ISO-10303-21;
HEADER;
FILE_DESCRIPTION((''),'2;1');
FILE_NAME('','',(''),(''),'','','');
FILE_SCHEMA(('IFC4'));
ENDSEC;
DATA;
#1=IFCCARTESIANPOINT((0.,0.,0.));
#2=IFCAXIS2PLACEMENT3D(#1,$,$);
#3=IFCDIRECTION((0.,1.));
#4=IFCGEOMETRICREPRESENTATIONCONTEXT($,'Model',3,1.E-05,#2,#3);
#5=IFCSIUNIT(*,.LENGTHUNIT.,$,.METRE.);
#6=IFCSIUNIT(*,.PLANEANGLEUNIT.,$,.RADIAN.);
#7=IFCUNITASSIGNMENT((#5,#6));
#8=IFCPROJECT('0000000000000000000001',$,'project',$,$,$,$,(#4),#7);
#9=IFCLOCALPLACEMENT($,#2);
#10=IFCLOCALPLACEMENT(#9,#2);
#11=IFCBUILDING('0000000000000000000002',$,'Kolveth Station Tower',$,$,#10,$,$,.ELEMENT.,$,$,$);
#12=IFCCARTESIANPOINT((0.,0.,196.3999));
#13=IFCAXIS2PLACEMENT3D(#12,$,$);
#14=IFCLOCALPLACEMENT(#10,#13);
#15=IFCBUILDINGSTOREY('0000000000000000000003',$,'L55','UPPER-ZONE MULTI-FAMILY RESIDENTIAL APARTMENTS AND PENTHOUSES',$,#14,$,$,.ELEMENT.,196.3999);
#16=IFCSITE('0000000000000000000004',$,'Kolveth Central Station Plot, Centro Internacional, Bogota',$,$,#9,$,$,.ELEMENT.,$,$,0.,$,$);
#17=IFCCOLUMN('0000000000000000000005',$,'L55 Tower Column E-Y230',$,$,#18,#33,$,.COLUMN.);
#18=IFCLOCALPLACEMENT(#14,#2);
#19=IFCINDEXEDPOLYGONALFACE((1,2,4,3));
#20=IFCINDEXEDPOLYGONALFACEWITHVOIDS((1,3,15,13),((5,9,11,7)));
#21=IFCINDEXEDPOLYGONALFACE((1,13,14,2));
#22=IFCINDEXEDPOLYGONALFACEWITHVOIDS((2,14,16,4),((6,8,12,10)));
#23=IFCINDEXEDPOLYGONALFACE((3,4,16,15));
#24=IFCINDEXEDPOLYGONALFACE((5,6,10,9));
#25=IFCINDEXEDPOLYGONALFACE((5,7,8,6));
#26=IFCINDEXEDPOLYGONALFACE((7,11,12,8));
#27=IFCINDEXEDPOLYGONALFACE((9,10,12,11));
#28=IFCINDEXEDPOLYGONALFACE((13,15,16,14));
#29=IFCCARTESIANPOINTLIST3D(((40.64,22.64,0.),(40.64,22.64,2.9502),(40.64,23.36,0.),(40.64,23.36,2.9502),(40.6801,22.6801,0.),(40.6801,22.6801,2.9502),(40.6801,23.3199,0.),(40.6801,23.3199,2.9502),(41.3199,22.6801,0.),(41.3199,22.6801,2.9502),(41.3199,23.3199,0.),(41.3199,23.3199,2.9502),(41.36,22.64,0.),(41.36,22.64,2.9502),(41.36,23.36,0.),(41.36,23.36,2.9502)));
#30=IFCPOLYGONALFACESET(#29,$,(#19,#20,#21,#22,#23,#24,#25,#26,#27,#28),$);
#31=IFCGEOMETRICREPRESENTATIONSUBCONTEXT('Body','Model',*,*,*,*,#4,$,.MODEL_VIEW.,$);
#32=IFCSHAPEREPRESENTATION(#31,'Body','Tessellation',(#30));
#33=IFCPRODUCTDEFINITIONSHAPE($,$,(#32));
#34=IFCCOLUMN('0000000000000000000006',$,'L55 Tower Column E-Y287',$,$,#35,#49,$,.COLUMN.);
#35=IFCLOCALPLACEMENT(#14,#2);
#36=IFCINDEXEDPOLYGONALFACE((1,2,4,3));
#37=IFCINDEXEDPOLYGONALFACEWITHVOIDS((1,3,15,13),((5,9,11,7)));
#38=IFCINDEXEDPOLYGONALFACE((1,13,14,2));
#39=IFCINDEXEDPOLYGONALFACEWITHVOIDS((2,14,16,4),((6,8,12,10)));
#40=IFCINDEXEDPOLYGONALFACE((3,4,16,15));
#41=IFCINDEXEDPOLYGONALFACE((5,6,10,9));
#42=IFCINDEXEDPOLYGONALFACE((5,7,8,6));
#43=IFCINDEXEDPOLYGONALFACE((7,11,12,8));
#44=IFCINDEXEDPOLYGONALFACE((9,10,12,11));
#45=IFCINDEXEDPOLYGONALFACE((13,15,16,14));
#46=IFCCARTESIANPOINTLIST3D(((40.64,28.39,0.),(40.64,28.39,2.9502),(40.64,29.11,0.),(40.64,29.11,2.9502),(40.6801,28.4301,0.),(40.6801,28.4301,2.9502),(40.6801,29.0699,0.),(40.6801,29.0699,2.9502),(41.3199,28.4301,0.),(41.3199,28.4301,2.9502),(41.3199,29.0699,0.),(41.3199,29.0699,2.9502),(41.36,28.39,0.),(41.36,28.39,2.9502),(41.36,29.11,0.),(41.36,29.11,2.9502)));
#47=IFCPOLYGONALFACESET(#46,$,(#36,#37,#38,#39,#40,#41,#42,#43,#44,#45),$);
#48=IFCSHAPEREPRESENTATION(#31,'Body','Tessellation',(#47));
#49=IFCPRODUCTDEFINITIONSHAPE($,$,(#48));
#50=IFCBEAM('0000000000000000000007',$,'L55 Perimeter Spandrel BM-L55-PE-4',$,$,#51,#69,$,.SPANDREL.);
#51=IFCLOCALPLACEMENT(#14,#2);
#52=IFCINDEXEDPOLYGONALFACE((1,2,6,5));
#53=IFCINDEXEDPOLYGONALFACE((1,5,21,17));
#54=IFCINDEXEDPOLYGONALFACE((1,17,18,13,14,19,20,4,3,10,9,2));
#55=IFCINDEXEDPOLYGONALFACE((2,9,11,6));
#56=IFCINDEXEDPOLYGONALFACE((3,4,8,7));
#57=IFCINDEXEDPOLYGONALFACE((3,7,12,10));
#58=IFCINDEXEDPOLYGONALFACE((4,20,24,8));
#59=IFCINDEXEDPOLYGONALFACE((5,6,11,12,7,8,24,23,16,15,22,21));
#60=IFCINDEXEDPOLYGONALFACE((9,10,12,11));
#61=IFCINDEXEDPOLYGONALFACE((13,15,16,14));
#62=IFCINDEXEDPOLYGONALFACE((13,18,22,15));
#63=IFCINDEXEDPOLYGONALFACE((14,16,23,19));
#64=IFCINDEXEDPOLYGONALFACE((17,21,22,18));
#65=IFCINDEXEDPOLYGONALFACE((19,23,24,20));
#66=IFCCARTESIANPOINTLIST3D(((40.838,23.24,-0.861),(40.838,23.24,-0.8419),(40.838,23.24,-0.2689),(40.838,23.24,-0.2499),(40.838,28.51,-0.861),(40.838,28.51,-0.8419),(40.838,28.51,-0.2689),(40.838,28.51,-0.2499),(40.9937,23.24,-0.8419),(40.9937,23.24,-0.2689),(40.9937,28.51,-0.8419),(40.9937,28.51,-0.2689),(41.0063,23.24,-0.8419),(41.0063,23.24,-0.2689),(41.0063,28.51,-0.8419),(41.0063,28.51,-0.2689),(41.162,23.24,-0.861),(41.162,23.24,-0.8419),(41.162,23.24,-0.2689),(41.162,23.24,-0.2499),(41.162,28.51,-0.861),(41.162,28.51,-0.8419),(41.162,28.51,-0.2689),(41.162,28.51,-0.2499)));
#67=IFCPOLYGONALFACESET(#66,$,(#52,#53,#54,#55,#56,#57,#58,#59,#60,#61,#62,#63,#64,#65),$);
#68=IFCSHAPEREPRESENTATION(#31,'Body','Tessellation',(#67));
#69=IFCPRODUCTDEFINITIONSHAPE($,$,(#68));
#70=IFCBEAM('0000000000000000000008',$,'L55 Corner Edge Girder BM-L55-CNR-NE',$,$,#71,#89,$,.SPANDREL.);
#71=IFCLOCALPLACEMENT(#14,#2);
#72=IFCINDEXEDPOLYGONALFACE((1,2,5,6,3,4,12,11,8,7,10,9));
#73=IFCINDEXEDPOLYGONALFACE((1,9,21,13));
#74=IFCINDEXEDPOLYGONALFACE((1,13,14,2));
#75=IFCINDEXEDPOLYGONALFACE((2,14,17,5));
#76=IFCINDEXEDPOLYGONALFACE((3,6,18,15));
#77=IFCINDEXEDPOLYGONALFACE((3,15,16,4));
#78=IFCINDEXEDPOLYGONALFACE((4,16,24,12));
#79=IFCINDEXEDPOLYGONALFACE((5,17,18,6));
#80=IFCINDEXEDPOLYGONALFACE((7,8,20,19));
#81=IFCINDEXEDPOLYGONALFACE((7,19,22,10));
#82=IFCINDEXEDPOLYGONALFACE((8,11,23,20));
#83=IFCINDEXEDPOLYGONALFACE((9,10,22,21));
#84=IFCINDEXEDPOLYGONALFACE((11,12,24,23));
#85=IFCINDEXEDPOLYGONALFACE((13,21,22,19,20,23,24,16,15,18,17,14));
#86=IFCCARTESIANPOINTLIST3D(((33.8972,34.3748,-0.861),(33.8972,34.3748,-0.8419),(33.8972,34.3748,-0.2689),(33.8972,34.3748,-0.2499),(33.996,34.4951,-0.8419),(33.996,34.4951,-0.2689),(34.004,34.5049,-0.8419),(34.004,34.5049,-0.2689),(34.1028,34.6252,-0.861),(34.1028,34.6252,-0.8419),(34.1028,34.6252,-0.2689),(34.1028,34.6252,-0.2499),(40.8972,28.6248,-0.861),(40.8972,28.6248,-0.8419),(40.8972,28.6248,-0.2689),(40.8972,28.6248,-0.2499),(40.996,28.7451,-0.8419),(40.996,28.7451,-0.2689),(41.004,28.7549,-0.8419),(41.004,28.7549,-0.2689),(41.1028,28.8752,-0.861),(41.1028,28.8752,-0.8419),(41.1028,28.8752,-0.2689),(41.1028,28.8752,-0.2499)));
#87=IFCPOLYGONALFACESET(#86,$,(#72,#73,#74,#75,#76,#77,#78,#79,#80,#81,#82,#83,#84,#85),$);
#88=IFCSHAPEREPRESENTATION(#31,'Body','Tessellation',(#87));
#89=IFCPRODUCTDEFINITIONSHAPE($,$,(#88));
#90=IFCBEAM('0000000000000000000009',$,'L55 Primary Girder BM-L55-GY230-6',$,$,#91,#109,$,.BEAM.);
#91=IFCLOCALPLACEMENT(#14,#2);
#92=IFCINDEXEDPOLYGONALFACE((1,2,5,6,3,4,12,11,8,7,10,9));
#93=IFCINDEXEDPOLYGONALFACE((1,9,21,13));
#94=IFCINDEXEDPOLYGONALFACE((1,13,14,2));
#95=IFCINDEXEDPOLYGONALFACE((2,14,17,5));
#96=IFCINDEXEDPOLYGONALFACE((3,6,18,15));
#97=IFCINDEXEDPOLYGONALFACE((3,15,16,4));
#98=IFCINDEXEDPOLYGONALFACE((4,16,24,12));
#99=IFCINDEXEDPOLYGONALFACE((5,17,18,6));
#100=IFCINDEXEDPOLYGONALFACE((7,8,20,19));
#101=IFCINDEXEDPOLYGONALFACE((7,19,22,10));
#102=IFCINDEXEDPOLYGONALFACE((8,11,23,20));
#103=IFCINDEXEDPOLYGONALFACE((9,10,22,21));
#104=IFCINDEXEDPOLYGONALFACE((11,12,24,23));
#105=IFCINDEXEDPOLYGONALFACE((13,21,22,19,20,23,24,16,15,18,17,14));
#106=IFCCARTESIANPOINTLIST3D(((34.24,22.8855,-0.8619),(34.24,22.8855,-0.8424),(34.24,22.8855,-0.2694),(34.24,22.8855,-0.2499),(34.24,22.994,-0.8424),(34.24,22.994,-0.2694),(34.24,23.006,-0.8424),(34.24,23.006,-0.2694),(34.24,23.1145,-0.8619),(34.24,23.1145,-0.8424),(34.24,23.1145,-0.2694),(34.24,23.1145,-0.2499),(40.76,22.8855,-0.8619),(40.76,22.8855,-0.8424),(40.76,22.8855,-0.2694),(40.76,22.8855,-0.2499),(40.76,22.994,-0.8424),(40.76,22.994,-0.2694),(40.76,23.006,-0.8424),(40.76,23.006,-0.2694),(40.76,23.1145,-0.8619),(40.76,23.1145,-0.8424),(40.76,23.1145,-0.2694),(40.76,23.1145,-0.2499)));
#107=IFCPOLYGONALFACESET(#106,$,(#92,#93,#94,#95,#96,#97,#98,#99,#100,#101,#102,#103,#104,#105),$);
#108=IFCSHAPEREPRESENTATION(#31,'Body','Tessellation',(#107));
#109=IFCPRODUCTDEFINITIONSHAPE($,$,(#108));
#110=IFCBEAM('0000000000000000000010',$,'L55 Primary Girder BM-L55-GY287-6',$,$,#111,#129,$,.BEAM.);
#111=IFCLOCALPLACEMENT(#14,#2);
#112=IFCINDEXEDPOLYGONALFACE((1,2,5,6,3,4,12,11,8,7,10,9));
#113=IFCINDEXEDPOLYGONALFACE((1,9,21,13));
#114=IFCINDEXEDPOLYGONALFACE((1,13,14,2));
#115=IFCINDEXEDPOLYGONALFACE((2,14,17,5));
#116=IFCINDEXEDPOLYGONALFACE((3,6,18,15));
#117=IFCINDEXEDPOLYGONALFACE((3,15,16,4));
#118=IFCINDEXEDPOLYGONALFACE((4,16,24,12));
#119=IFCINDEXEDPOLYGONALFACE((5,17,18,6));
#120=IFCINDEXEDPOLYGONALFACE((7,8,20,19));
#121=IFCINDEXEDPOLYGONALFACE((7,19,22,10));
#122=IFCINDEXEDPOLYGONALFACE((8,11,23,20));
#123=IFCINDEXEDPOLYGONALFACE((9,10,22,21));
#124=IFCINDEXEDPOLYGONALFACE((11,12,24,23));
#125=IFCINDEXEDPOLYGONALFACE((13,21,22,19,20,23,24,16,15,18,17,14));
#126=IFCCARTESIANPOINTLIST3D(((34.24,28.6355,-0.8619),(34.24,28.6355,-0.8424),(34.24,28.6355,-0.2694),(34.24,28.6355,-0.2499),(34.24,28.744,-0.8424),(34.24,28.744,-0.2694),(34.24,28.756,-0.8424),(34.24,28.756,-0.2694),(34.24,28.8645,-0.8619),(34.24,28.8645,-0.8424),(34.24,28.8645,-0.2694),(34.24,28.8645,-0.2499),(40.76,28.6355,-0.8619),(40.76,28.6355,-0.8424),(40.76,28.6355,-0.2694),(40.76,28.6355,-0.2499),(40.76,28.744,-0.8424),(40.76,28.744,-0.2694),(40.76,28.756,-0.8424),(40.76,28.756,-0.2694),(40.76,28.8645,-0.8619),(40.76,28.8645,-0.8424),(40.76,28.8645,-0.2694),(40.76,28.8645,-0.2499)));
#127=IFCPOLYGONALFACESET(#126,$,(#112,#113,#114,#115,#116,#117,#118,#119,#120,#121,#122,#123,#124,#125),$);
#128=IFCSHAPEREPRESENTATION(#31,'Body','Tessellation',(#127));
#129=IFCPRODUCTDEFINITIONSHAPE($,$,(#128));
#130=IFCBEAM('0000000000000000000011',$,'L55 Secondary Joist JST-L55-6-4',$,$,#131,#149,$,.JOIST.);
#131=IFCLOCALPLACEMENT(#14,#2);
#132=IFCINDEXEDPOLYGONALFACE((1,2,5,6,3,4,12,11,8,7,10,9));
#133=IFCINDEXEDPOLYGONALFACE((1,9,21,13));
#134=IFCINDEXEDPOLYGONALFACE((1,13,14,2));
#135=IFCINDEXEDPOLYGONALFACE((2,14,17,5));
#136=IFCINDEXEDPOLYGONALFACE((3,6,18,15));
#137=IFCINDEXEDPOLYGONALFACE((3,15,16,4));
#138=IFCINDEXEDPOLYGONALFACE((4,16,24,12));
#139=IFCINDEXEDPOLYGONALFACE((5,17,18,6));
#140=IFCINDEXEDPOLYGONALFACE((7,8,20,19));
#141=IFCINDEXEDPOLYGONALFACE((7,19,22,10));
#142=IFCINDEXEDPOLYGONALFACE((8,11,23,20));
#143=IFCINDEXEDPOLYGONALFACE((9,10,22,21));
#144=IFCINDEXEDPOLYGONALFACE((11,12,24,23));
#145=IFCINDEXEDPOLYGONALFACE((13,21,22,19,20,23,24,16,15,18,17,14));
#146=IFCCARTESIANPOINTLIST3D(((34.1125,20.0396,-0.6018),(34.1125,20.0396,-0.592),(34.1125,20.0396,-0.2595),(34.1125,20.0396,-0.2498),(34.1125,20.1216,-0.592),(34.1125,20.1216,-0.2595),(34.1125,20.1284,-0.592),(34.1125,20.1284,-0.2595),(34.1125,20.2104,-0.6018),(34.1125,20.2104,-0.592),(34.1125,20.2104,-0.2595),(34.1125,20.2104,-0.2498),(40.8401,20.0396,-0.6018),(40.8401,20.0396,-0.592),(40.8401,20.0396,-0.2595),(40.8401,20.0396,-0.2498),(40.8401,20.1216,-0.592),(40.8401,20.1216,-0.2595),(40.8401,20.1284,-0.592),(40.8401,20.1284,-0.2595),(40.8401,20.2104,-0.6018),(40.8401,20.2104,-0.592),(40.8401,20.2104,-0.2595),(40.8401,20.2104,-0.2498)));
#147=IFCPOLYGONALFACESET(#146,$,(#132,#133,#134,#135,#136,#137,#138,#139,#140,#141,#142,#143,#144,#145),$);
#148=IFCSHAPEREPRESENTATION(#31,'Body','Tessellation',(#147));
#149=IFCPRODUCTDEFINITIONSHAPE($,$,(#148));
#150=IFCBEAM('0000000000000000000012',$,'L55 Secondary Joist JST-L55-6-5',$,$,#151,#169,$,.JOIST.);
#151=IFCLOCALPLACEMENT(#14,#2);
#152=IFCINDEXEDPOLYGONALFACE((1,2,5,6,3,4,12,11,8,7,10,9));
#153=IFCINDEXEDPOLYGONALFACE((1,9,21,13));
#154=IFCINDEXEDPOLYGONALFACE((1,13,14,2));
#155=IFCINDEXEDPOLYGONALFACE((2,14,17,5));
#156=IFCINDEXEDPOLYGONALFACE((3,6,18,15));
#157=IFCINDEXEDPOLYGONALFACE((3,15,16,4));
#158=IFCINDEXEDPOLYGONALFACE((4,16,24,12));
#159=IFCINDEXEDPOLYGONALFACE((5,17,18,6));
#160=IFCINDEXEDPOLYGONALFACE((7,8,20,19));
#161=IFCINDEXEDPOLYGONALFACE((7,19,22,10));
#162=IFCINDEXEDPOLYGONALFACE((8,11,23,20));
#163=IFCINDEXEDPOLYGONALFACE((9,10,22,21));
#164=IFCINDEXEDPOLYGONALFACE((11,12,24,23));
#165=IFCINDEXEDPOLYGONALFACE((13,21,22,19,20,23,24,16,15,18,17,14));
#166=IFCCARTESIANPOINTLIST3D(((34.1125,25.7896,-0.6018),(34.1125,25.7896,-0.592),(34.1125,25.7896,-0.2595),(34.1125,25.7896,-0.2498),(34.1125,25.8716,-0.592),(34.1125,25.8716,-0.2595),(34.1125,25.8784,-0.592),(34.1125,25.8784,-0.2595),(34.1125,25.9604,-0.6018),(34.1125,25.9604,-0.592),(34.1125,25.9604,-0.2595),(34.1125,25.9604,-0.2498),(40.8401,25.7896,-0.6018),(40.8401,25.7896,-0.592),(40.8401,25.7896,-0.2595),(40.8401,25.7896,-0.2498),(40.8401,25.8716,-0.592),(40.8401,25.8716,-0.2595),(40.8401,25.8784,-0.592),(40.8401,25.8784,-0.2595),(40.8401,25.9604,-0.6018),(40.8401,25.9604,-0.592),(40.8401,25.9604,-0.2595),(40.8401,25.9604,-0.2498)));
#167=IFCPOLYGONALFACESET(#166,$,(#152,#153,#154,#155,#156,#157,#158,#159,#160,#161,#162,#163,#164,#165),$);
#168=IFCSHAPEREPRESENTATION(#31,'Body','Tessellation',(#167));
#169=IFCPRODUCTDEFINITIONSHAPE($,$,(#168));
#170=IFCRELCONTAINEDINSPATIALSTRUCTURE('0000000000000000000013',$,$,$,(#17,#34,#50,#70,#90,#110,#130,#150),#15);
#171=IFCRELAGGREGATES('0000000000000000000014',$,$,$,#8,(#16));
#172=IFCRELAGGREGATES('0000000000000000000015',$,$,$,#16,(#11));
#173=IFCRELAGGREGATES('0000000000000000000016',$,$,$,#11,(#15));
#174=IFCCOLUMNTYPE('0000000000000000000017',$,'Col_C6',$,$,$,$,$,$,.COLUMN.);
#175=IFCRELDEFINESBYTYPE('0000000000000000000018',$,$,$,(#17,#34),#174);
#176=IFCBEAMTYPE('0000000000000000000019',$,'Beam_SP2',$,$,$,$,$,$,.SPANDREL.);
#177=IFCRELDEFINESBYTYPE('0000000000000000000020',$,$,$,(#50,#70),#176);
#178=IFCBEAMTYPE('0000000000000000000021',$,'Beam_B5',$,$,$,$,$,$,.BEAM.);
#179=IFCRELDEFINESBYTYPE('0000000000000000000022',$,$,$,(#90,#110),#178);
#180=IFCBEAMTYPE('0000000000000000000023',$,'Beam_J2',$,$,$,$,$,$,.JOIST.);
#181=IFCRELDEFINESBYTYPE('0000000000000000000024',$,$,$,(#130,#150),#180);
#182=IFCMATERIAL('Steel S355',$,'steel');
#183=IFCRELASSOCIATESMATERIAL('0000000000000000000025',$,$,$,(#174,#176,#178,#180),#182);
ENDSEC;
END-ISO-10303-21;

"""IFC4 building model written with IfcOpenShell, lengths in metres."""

from ifc_helpers import new_model, si_unit, direction, frame, origin, origin_2d, place, context, subcontext, project, spatial, hollow_rectangle, i_section, extrude, source, transform, mapped, material, material_profile, profile_set, type_object, element, save


model = new_model("IFC4")

# Units and contexts
model_context = context("Model", 3, precision=1e-05, world=origin(), true_north=direction((0.0, 1.0)))
body_context = subcontext(model_context, "Body", "Model", "MODEL_VIEW")
ifc_project = project(units=[si_unit("LENGTHUNIT", "METRE"), si_unit("PLANEANGLEUNIT", "RADIAN")], contexts=[model_context])

# Site, building, storey
site_placement = place(None, origin())
site = spatial("IfcSite", under=ifc_project, at=site_placement, Name="Kolveth Central Station Plot, Centro Internacional, Bogota", CompositionType="ELEMENT", RefElevation=0.0)
building_placement = place(site_placement, origin())
building = spatial("IfcBuilding", under=site, at=building_placement, Name="Kolveth Station Tower", CompositionType="ELEMENT")
storey_placement = place(building_placement, frame((0.0, 0.0, 196.3999)))
storey = spatial("IfcBuildingStorey", under=building, at=storey_placement, Name="L55", Description="UPPER-ZONE MULTI-FAMILY RESIDENTIAL APARTMENTS AND PENTHOUSES", CompositionType="ELEMENT", Elevation=196.3999)

# Columns
ifc_material_1 = material(Name="Steel S355", Category="steel")
ifc_material_profile_1 = material_profile(ifc_material_1, hollow_rectangle(XDim=0.72, YDim=0.72, WallThickness=0.04, at=origin_2d()), Name="BOX720x720x40")
ifc_profile_set_1 = profile_set([ifc_material_profile_1], Name="Steel S355")
column_type = type_object("IfcColumnType", Name="Col_C6", PredefinedType="COLUMN", material=ifc_profile_set_1)
shared_shape_1 = source(origin(), body_context, "Body", "SweptSolid", [
    extrude(hollow_rectangle(XDim=0.72, YDim=0.72, WallThickness=0.04, at=origin_2d()), origin(), (0.0, 0.0, 1.0), 2.9502),
])
for number, where, z_axis, x_axis, name in (
    (1, (41.0, 23.0, 0.0), (0.0, 0.0, 1.0), (1.0, 0.0, 0.0), "L55 Tower Column E-Y230"),
    (2, (41.0, 28.75, 0.0), (0.0, 0.0, 1.0), (1.0, 0.0, 0.0), "L55 Tower Column E-Y287"),
):
    element("IfcColumn", number, at=place(storey_placement, frame(where, z_axis=z_axis, x_axis=x_axis)), inside=storey, type_object=column_type, Name=name, PredefinedType="COLUMN", context=body_context, shape_type="MappedRepresentation", body=[
        mapped(shared_shape_1, transform((0.0, 0.0, 0.0), x_axis=(1.0, 0.0, 0.0), y_axis=(0.0, 1.0, 0.0), z_axis=(0.0, 0.0, 1.0), scale=1.0)),
    ])

# Beams
ifc_material_profile_2 = material_profile(ifc_material_1, i_section(OverallWidth=0.324, OverallDepth=0.6111, WebThickness=0.0127, FlangeThickness=0.019, at=origin_2d()), Name="W610x155")
ifc_profile_set_2 = profile_set([ifc_material_profile_2], Name="Steel S355")
beam_type_1 = type_object("IfcBeamType", Name="Beam_SP2", PredefinedType="SPANDREL", material=ifc_profile_set_2)
shared_shape_2 = source(origin(), body_context, "Body", "SweptSolid", [
    extrude(i_section(OverallWidth=0.324, OverallDepth=0.6111, WebThickness=0.0127, FlangeThickness=0.019, at=origin_2d()), origin(), (0.0, 0.0, 1.0), 5.27),
])
beam_1_placement = place(storey_placement, frame((41.0, 23.24, -0.5554), z_axis=(0.0, 1.0, 0.0), x_axis=(-1.0, 0.0, 0.0)))
element("IfcBeam", 3, at=beam_1_placement, inside=storey, type_object=beam_type_1, Name="L55 Perimeter Spandrel BM-L55-PE-4", PredefinedType="SPANDREL", context=body_context, shape_type="MappedRepresentation", body=[
    mapped(shared_shape_2, transform((0.0, 0.0, 0.0), x_axis=(1.0, 0.0, 0.0), y_axis=(0.0, 1.0, 0.0), z_axis=(0.0, 0.0, 1.0), scale=1.0)),
])
shared_shape_3 = source(origin(), body_context, "Body", "SweptSolid", [
    extrude(i_section(OverallWidth=0.324, OverallDepth=0.6111, WebThickness=0.0127, FlangeThickness=0.019, at=origin_2d()), origin(), (0.0, 0.0, 1.0), 9.0588),
])
beam_2_placement = place(storey_placement, frame((41.0, 28.75, -0.5554), z_axis=(-0.772726, 0.634739, 0.0), x_axis=(-0.634739, -0.772726, 0.0)))
element("IfcBeam", 4, at=beam_2_placement, inside=storey, type_object=beam_type_1, Name="L55 Corner Edge Girder BM-L55-CNR-NE", PredefinedType="SPANDREL", context=body_context, shape_type="MappedRepresentation", body=[
    mapped(shared_shape_3, transform((0.0, 0.0, 0.0), x_axis=(1.0, 0.0, 0.0), y_axis=(0.0, 1.0, 0.0), z_axis=(0.0, 0.0, 1.0), scale=1.0)),
])
ifc_material_profile_3 = material_profile(ifc_material_1, i_section(OverallWidth=0.229, OverallDepth=0.6121, WebThickness=0.012, FlangeThickness=0.0195, at=origin_2d()), Name="W610x125")
ifc_profile_set_3 = profile_set([ifc_material_profile_3], Name="Steel S355")
beam_type_2 = type_object("IfcBeamType", Name="Beam_B5", PredefinedType="BEAM", material=ifc_profile_set_3)
shared_shape_4 = source(origin(), body_context, "Body", "SweptSolid", [
    extrude(i_section(OverallWidth=0.229, OverallDepth=0.6121, WebThickness=0.012, FlangeThickness=0.0195, at=origin_2d()), origin(), (0.0, 0.0, 1.0), 6.52),
])
for number, where, z_axis, x_axis, name in (
    (5, (34.24, 23.0, -0.5559), (1.0, 0.0, 0.0), (0.0, 1.0, 0.0), "L55 Primary Girder BM-L55-GY230-6"),
    (6, (34.24, 28.75, -0.5559), (1.0, 0.0, 0.0), (0.0, 1.0, 0.0), "L55 Primary Girder BM-L55-GY287-6"),
):
    element("IfcBeam", number, at=place(storey_placement, frame(where, z_axis=z_axis, x_axis=x_axis)), inside=storey, type_object=beam_type_2, Name=name, PredefinedType="BEAM", context=body_context, shape_type="MappedRepresentation", body=[
        mapped(shared_shape_4, transform((0.0, 0.0, 0.0), x_axis=(1.0, 0.0, 0.0), y_axis=(0.0, 1.0, 0.0), z_axis=(0.0, 0.0, 1.0), scale=1.0)),
    ])
ifc_material_profile_4 = material_profile(ifc_material_1, i_section(OverallWidth=0.1709, OverallDepth=0.3521, WebThickness=0.0068, FlangeThickness=0.0098, at=origin_2d()), Name="W360x44")
ifc_profile_set_4 = profile_set([ifc_material_profile_4], Name="Steel S355")
beam_type_3 = type_object("IfcBeamType", Name="Beam_J2", PredefinedType="JOIST", material=ifc_profile_set_4)
shared_shape_5 = source(origin(), body_context, "Body", "SweptSolid", [
    extrude(i_section(OverallWidth=0.1709, OverallDepth=0.3521, WebThickness=0.0068, FlangeThickness=0.0098, at=origin_2d()), origin(), (0.0, 0.0, 1.0), 6.7275),
])
for number, where, z_axis, x_axis, name in (
    (7, (34.1125, 20.125, -0.4258), (1.0, 0.0, 0.0), (0.0, 1.0, 0.0), "L55 Secondary Joist JST-L55-6-4"),
    (8, (34.1125, 25.875, -0.4258), (1.0, 0.0, 0.0), (0.0, 1.0, 0.0), "L55 Secondary Joist JST-L55-6-5"),
):
    element("IfcBeam", number, at=place(storey_placement, frame(where, z_axis=z_axis, x_axis=x_axis)), inside=storey, type_object=beam_type_3, Name=name, PredefinedType="JOIST", context=body_context, shape_type="MappedRepresentation", body=[
        mapped(shared_shape_5, transform((0.0, 0.0, 0.0), x_axis=(1.0, 0.0, 0.0), y_axis=(0.0, 1.0, 0.0), z_axis=(0.0, 0.0, 1.0), scale=1.0)),
    ])

save(model, "model.ifc")
